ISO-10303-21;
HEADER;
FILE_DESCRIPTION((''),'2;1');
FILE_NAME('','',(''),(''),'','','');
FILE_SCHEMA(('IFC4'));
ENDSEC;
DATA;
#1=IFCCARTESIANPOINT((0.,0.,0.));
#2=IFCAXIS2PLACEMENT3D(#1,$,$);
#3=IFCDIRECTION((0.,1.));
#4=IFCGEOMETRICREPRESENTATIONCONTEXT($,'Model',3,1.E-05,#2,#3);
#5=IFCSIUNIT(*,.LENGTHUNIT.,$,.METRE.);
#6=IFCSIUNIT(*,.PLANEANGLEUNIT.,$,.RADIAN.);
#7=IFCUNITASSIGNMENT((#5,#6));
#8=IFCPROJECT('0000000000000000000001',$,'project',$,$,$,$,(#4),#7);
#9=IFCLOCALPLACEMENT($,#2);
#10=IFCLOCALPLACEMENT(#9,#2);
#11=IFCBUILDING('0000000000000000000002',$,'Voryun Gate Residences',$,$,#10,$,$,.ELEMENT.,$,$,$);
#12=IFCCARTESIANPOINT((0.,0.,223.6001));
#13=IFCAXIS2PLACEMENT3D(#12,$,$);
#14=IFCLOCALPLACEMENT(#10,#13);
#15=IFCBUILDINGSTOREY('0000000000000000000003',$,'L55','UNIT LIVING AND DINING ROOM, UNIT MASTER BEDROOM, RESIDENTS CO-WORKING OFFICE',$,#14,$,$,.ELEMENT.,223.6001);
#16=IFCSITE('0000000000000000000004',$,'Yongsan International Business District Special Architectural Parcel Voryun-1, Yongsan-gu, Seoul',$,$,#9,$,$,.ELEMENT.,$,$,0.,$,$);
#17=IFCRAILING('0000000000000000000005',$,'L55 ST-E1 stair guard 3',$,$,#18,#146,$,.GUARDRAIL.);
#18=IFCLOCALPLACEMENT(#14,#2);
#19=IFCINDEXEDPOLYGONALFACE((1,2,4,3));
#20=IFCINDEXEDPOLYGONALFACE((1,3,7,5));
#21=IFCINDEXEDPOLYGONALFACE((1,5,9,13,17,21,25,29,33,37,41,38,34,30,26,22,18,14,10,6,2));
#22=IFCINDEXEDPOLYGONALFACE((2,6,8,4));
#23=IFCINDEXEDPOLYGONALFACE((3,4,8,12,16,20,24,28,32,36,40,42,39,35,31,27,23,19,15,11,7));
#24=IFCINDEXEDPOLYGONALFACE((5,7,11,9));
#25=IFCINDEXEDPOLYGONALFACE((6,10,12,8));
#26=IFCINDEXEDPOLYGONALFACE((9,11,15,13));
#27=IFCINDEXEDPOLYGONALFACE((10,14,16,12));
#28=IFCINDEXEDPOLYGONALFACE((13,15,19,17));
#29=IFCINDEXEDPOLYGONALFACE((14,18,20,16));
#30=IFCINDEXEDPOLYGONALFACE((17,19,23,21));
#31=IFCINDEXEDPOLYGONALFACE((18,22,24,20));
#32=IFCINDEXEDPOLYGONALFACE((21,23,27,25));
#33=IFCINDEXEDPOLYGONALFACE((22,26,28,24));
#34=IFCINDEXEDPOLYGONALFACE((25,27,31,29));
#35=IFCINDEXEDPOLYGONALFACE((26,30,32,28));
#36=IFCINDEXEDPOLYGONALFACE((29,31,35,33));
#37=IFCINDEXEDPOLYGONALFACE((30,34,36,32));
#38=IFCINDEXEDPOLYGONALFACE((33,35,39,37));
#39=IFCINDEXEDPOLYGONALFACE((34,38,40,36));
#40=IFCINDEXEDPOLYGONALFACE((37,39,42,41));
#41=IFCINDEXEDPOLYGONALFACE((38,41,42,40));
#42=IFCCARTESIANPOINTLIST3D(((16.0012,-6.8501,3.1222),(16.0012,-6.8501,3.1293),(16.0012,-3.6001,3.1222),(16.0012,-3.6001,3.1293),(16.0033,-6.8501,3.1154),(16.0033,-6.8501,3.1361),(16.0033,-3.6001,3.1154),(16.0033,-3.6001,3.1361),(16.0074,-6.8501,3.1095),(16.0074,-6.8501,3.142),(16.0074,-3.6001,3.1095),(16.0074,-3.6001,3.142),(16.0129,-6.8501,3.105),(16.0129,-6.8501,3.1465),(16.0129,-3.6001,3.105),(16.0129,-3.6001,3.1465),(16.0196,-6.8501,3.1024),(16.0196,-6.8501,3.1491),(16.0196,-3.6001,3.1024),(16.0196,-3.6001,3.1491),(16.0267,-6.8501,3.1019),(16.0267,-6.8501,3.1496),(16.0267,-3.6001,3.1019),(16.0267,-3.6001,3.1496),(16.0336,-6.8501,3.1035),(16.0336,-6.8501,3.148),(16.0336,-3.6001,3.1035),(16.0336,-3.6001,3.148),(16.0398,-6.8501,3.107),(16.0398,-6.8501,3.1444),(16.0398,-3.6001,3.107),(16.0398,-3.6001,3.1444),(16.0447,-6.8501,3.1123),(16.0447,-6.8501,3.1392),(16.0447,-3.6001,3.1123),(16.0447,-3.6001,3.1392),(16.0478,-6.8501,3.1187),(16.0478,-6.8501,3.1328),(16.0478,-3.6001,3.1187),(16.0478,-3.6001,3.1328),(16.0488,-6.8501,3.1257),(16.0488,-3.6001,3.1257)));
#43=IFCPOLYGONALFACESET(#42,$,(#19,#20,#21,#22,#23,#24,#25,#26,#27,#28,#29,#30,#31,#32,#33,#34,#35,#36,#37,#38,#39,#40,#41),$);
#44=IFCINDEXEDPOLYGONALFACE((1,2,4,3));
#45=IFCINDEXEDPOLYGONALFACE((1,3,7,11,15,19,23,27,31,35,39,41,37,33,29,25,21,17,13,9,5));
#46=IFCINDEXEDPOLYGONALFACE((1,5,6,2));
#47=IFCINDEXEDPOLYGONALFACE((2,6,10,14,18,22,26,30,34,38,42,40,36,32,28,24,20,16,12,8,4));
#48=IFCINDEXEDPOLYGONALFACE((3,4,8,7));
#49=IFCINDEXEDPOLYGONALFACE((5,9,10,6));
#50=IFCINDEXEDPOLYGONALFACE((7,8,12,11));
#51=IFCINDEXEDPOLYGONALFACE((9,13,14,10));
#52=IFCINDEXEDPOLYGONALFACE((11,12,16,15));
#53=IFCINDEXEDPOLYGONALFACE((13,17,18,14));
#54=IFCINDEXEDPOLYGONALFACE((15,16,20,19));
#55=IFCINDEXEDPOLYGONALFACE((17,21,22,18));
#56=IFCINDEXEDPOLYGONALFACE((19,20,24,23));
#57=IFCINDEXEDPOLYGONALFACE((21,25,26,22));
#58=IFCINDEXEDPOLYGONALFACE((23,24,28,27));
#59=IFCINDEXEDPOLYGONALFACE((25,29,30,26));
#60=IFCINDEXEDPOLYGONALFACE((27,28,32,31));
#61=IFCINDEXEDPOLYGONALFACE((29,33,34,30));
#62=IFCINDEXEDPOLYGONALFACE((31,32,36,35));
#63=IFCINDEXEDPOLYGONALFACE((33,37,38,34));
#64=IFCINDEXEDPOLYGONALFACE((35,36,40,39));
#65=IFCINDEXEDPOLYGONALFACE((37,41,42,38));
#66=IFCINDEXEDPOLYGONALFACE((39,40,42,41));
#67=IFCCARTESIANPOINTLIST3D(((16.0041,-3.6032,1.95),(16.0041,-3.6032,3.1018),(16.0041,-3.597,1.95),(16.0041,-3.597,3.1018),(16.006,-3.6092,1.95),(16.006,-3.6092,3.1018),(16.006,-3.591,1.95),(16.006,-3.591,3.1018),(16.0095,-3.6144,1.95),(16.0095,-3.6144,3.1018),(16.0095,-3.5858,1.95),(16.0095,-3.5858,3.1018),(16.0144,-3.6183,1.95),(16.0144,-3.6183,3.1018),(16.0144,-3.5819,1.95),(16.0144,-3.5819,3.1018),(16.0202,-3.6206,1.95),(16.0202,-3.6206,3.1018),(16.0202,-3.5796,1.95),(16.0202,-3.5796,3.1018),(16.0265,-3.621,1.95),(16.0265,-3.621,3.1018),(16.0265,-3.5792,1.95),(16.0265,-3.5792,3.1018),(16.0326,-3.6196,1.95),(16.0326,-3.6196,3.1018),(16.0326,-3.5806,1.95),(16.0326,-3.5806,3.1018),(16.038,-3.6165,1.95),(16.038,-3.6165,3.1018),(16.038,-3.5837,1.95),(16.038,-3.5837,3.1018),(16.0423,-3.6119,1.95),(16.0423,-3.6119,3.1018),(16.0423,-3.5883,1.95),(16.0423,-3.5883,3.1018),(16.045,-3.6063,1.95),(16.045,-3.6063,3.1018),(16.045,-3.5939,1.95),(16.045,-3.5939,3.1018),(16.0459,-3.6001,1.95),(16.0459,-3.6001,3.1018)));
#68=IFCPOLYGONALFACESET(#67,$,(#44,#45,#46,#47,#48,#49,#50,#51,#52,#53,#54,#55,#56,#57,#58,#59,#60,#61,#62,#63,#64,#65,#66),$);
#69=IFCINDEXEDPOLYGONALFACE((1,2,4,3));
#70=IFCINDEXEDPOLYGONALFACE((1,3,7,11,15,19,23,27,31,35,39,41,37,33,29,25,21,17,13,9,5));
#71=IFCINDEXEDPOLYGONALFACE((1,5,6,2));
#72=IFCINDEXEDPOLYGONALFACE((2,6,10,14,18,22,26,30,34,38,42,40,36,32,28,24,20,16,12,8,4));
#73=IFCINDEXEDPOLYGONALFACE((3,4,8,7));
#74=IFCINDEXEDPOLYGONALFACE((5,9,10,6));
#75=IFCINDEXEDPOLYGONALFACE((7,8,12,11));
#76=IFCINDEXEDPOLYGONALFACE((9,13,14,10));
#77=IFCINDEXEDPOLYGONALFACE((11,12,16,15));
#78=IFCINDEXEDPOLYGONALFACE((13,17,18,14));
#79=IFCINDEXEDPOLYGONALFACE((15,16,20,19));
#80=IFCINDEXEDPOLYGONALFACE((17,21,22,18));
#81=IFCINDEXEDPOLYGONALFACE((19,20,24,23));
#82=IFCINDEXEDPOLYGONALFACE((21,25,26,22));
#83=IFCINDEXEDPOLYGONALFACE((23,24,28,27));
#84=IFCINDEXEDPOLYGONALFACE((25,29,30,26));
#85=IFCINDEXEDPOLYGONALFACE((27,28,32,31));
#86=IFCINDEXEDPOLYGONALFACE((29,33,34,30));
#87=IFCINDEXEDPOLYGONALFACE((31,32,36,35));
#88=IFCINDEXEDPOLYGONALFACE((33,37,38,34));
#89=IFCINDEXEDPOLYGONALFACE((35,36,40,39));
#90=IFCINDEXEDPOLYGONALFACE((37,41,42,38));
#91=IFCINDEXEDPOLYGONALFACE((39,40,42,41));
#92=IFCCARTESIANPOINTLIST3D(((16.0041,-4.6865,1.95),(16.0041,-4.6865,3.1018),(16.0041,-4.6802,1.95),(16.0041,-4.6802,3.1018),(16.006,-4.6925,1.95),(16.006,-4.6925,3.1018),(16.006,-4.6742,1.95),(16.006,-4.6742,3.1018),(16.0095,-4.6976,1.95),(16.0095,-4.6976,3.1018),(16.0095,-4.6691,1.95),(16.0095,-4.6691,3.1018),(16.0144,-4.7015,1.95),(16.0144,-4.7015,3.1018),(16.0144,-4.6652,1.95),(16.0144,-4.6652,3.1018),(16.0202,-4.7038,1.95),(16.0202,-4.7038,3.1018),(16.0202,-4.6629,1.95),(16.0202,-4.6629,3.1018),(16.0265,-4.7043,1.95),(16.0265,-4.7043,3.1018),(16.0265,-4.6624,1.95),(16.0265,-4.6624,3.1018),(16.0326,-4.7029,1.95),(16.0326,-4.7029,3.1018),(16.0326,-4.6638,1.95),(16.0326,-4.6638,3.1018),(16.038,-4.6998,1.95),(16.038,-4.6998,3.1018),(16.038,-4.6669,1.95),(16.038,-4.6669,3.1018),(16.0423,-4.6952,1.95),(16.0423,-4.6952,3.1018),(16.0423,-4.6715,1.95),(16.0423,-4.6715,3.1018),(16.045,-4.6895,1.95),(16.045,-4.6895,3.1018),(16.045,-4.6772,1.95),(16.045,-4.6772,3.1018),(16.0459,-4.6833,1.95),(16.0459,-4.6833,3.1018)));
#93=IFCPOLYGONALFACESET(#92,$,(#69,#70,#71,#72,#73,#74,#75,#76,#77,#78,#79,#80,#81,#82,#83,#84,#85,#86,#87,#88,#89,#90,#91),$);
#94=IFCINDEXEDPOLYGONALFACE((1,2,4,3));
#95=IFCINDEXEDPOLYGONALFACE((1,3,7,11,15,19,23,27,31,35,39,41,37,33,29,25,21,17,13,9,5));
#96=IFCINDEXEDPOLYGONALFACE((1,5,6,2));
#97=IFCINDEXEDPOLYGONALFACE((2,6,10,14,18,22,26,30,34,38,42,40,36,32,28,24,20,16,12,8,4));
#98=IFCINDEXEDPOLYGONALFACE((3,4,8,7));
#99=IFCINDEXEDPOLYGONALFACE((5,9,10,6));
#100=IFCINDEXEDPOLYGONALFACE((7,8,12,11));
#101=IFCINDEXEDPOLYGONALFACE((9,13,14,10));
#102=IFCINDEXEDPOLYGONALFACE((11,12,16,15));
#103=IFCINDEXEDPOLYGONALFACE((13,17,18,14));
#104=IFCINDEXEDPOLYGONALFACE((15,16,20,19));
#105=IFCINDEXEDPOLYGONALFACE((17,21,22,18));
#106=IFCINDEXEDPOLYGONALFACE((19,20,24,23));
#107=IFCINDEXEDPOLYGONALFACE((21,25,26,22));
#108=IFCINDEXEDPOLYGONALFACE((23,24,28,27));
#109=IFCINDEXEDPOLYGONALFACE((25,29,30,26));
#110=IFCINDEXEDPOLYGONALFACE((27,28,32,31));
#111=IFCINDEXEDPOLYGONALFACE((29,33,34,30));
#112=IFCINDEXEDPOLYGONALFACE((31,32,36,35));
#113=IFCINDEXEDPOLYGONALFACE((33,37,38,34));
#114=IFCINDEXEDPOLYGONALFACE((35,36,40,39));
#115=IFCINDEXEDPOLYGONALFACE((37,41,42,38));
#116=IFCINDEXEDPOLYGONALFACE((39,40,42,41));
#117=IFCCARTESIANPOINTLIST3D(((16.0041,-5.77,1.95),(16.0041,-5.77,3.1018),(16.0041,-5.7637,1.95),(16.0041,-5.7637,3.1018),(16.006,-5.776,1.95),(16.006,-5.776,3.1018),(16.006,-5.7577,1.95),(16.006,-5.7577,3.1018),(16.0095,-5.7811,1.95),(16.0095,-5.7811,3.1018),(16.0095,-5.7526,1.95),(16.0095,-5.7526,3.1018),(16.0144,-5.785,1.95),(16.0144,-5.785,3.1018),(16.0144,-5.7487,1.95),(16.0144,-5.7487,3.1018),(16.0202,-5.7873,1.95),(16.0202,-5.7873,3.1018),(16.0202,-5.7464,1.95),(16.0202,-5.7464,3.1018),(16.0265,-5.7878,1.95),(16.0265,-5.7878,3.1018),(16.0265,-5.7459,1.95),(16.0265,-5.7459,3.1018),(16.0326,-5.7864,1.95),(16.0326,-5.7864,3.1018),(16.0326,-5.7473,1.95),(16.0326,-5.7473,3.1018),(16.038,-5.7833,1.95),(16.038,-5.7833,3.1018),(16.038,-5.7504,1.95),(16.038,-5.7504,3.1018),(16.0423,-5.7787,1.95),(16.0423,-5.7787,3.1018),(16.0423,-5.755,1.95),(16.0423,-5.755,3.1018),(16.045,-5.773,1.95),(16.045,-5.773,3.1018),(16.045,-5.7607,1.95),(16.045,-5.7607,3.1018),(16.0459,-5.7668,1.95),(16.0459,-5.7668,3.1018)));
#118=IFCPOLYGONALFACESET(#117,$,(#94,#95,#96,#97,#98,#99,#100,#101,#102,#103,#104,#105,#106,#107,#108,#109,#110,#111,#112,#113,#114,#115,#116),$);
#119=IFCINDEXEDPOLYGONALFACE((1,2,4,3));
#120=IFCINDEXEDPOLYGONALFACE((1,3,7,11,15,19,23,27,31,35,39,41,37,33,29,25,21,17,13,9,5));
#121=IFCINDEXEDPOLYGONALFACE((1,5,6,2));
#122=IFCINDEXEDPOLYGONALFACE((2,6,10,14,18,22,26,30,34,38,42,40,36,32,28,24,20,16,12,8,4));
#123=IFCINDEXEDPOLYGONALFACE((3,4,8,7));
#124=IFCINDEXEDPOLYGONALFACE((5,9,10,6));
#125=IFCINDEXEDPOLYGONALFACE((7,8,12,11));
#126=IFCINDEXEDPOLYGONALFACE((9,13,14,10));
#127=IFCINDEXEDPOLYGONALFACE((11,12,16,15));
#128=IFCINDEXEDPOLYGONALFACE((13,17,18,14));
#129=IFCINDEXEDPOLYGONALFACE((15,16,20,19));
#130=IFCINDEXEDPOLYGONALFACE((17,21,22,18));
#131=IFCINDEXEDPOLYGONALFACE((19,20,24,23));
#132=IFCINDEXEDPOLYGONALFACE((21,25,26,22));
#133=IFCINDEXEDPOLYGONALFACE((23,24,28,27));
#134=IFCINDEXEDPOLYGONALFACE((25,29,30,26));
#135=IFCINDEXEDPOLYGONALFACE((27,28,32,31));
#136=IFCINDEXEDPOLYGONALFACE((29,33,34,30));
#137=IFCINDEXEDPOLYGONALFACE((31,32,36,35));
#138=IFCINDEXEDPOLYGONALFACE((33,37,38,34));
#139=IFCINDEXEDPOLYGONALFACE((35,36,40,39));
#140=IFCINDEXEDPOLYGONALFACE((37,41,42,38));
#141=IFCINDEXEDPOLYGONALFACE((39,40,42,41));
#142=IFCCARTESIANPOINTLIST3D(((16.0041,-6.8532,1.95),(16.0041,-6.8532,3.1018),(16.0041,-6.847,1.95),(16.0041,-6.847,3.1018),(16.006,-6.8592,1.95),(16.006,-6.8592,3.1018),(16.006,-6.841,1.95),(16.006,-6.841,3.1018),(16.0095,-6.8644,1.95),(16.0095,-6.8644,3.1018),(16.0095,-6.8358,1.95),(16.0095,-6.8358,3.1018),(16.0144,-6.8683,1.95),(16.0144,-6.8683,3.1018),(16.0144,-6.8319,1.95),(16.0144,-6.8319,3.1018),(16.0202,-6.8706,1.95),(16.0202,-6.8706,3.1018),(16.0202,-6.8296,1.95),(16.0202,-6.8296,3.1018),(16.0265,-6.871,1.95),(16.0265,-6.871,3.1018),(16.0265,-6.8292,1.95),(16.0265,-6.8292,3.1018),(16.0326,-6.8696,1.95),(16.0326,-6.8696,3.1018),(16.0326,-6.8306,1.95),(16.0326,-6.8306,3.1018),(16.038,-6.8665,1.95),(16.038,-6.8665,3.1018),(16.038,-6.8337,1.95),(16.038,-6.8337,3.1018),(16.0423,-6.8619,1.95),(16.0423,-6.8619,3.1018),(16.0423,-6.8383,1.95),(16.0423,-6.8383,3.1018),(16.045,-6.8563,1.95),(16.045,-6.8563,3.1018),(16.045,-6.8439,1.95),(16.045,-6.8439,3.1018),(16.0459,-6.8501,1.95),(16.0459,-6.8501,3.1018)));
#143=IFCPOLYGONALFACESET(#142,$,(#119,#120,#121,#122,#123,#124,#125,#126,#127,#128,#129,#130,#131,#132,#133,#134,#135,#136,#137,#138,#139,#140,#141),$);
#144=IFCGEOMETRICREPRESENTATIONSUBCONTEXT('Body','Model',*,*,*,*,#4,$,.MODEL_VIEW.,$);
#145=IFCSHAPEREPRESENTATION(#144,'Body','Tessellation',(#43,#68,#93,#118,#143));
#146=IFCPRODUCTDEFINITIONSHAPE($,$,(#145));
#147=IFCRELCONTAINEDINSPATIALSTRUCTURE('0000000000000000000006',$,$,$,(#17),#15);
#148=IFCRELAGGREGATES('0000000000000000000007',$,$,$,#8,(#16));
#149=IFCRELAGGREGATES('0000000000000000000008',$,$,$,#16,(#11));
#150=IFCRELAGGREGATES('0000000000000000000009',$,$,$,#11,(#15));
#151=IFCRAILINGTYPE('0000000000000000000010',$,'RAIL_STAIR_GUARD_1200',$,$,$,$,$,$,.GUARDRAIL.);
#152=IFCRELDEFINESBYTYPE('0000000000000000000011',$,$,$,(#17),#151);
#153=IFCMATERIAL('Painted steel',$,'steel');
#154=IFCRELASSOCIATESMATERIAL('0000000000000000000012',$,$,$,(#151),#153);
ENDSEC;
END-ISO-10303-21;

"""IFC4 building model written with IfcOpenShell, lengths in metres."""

from ifc_helpers import new_model, si_unit, direction, frame, origin, origin_2d, place, context, subcontext, project, spatial, circle, extrude, material, type_object, element, save


model = new_model("IFC4")

# Units and contexts
model_context = context("Model", 3, precision=1e-05, world=origin(), true_north=direction((0.0, 1.0)))
body_context = subcontext(model_context, "Body", "Model", "MODEL_VIEW")
ifc_project = project(units=[si_unit("LENGTHUNIT", "METRE"), si_unit("PLANEANGLEUNIT", "RADIAN")], contexts=[model_context])

# Site, building, storey
site_placement = place(None, origin())
site = spatial("IfcSite", under=ifc_project, at=site_placement, Name="Yongsan International Business District Special Architectural Parcel Voryun-1, Yongsan-gu, Seoul", CompositionType="ELEMENT", RefElevation=0.0)
building_placement = place(site_placement, origin())
building = spatial("IfcBuilding", under=site, at=building_placement, Name="Voryun Gate Residences", CompositionType="ELEMENT")
storey_placement = place(building_placement, frame((0.0, 0.0, 223.6001)))
storey = spatial("IfcBuildingStorey", under=building, at=storey_placement, Name="L55", Description="UNIT LIVING AND DINING ROOM, UNIT MASTER BEDROOM, RESIDENTS CO-WORKING OFFICE", CompositionType="ELEMENT", Elevation=223.6001)

# Railing
ifc_material_1 = material(Name="Painted steel", Category="steel")
railing_type = type_object("IfcRailingType", Name="RAIL_STAIR_GUARD_1200", PredefinedType="GUARDRAIL", material=ifc_material_1)
railing_1_placement = place(storey_placement, frame((16.0249, -3.6001, 1.95)))
element("IfcRailing", 1, at=railing_1_placement, inside=storey, type_object=railing_type, Name="L55 ST-E1 stair guard 3", PredefinedType="GUARDRAIL", context=body_context, shape_type="SweptSolid", body=[
    extrude(circle(Radius=0.0239, at=origin_2d()), frame((0.0, 0.0, 1.1758), z_axis=(0.0, -1.0, 0.0), x_axis=(1.0, 0.0, 0.0)), (0.0, 0.0, 1.0), 3.25),
    extrude(circle(Radius=0.021, at=origin_2d()), origin(), (0.0, 0.0, 1.0), 1.1519),
    extrude(circle(Radius=0.021, at=origin_2d()), frame((0.0, -1.0833, 0.0)), (0.0, 0.0, 1.0), 1.1519),
    extrude(circle(Radius=0.021, at=origin_2d()), frame((0.0, -2.1667, 0.0)), (0.0, 0.0, 1.0), 1.1519),
    extrude(circle(Radius=0.021, at=origin_2d()), frame((0.0, -3.25, 0.0)), (0.0, 0.0, 1.0), 1.1519),
])

save(model, "model.ifc")
